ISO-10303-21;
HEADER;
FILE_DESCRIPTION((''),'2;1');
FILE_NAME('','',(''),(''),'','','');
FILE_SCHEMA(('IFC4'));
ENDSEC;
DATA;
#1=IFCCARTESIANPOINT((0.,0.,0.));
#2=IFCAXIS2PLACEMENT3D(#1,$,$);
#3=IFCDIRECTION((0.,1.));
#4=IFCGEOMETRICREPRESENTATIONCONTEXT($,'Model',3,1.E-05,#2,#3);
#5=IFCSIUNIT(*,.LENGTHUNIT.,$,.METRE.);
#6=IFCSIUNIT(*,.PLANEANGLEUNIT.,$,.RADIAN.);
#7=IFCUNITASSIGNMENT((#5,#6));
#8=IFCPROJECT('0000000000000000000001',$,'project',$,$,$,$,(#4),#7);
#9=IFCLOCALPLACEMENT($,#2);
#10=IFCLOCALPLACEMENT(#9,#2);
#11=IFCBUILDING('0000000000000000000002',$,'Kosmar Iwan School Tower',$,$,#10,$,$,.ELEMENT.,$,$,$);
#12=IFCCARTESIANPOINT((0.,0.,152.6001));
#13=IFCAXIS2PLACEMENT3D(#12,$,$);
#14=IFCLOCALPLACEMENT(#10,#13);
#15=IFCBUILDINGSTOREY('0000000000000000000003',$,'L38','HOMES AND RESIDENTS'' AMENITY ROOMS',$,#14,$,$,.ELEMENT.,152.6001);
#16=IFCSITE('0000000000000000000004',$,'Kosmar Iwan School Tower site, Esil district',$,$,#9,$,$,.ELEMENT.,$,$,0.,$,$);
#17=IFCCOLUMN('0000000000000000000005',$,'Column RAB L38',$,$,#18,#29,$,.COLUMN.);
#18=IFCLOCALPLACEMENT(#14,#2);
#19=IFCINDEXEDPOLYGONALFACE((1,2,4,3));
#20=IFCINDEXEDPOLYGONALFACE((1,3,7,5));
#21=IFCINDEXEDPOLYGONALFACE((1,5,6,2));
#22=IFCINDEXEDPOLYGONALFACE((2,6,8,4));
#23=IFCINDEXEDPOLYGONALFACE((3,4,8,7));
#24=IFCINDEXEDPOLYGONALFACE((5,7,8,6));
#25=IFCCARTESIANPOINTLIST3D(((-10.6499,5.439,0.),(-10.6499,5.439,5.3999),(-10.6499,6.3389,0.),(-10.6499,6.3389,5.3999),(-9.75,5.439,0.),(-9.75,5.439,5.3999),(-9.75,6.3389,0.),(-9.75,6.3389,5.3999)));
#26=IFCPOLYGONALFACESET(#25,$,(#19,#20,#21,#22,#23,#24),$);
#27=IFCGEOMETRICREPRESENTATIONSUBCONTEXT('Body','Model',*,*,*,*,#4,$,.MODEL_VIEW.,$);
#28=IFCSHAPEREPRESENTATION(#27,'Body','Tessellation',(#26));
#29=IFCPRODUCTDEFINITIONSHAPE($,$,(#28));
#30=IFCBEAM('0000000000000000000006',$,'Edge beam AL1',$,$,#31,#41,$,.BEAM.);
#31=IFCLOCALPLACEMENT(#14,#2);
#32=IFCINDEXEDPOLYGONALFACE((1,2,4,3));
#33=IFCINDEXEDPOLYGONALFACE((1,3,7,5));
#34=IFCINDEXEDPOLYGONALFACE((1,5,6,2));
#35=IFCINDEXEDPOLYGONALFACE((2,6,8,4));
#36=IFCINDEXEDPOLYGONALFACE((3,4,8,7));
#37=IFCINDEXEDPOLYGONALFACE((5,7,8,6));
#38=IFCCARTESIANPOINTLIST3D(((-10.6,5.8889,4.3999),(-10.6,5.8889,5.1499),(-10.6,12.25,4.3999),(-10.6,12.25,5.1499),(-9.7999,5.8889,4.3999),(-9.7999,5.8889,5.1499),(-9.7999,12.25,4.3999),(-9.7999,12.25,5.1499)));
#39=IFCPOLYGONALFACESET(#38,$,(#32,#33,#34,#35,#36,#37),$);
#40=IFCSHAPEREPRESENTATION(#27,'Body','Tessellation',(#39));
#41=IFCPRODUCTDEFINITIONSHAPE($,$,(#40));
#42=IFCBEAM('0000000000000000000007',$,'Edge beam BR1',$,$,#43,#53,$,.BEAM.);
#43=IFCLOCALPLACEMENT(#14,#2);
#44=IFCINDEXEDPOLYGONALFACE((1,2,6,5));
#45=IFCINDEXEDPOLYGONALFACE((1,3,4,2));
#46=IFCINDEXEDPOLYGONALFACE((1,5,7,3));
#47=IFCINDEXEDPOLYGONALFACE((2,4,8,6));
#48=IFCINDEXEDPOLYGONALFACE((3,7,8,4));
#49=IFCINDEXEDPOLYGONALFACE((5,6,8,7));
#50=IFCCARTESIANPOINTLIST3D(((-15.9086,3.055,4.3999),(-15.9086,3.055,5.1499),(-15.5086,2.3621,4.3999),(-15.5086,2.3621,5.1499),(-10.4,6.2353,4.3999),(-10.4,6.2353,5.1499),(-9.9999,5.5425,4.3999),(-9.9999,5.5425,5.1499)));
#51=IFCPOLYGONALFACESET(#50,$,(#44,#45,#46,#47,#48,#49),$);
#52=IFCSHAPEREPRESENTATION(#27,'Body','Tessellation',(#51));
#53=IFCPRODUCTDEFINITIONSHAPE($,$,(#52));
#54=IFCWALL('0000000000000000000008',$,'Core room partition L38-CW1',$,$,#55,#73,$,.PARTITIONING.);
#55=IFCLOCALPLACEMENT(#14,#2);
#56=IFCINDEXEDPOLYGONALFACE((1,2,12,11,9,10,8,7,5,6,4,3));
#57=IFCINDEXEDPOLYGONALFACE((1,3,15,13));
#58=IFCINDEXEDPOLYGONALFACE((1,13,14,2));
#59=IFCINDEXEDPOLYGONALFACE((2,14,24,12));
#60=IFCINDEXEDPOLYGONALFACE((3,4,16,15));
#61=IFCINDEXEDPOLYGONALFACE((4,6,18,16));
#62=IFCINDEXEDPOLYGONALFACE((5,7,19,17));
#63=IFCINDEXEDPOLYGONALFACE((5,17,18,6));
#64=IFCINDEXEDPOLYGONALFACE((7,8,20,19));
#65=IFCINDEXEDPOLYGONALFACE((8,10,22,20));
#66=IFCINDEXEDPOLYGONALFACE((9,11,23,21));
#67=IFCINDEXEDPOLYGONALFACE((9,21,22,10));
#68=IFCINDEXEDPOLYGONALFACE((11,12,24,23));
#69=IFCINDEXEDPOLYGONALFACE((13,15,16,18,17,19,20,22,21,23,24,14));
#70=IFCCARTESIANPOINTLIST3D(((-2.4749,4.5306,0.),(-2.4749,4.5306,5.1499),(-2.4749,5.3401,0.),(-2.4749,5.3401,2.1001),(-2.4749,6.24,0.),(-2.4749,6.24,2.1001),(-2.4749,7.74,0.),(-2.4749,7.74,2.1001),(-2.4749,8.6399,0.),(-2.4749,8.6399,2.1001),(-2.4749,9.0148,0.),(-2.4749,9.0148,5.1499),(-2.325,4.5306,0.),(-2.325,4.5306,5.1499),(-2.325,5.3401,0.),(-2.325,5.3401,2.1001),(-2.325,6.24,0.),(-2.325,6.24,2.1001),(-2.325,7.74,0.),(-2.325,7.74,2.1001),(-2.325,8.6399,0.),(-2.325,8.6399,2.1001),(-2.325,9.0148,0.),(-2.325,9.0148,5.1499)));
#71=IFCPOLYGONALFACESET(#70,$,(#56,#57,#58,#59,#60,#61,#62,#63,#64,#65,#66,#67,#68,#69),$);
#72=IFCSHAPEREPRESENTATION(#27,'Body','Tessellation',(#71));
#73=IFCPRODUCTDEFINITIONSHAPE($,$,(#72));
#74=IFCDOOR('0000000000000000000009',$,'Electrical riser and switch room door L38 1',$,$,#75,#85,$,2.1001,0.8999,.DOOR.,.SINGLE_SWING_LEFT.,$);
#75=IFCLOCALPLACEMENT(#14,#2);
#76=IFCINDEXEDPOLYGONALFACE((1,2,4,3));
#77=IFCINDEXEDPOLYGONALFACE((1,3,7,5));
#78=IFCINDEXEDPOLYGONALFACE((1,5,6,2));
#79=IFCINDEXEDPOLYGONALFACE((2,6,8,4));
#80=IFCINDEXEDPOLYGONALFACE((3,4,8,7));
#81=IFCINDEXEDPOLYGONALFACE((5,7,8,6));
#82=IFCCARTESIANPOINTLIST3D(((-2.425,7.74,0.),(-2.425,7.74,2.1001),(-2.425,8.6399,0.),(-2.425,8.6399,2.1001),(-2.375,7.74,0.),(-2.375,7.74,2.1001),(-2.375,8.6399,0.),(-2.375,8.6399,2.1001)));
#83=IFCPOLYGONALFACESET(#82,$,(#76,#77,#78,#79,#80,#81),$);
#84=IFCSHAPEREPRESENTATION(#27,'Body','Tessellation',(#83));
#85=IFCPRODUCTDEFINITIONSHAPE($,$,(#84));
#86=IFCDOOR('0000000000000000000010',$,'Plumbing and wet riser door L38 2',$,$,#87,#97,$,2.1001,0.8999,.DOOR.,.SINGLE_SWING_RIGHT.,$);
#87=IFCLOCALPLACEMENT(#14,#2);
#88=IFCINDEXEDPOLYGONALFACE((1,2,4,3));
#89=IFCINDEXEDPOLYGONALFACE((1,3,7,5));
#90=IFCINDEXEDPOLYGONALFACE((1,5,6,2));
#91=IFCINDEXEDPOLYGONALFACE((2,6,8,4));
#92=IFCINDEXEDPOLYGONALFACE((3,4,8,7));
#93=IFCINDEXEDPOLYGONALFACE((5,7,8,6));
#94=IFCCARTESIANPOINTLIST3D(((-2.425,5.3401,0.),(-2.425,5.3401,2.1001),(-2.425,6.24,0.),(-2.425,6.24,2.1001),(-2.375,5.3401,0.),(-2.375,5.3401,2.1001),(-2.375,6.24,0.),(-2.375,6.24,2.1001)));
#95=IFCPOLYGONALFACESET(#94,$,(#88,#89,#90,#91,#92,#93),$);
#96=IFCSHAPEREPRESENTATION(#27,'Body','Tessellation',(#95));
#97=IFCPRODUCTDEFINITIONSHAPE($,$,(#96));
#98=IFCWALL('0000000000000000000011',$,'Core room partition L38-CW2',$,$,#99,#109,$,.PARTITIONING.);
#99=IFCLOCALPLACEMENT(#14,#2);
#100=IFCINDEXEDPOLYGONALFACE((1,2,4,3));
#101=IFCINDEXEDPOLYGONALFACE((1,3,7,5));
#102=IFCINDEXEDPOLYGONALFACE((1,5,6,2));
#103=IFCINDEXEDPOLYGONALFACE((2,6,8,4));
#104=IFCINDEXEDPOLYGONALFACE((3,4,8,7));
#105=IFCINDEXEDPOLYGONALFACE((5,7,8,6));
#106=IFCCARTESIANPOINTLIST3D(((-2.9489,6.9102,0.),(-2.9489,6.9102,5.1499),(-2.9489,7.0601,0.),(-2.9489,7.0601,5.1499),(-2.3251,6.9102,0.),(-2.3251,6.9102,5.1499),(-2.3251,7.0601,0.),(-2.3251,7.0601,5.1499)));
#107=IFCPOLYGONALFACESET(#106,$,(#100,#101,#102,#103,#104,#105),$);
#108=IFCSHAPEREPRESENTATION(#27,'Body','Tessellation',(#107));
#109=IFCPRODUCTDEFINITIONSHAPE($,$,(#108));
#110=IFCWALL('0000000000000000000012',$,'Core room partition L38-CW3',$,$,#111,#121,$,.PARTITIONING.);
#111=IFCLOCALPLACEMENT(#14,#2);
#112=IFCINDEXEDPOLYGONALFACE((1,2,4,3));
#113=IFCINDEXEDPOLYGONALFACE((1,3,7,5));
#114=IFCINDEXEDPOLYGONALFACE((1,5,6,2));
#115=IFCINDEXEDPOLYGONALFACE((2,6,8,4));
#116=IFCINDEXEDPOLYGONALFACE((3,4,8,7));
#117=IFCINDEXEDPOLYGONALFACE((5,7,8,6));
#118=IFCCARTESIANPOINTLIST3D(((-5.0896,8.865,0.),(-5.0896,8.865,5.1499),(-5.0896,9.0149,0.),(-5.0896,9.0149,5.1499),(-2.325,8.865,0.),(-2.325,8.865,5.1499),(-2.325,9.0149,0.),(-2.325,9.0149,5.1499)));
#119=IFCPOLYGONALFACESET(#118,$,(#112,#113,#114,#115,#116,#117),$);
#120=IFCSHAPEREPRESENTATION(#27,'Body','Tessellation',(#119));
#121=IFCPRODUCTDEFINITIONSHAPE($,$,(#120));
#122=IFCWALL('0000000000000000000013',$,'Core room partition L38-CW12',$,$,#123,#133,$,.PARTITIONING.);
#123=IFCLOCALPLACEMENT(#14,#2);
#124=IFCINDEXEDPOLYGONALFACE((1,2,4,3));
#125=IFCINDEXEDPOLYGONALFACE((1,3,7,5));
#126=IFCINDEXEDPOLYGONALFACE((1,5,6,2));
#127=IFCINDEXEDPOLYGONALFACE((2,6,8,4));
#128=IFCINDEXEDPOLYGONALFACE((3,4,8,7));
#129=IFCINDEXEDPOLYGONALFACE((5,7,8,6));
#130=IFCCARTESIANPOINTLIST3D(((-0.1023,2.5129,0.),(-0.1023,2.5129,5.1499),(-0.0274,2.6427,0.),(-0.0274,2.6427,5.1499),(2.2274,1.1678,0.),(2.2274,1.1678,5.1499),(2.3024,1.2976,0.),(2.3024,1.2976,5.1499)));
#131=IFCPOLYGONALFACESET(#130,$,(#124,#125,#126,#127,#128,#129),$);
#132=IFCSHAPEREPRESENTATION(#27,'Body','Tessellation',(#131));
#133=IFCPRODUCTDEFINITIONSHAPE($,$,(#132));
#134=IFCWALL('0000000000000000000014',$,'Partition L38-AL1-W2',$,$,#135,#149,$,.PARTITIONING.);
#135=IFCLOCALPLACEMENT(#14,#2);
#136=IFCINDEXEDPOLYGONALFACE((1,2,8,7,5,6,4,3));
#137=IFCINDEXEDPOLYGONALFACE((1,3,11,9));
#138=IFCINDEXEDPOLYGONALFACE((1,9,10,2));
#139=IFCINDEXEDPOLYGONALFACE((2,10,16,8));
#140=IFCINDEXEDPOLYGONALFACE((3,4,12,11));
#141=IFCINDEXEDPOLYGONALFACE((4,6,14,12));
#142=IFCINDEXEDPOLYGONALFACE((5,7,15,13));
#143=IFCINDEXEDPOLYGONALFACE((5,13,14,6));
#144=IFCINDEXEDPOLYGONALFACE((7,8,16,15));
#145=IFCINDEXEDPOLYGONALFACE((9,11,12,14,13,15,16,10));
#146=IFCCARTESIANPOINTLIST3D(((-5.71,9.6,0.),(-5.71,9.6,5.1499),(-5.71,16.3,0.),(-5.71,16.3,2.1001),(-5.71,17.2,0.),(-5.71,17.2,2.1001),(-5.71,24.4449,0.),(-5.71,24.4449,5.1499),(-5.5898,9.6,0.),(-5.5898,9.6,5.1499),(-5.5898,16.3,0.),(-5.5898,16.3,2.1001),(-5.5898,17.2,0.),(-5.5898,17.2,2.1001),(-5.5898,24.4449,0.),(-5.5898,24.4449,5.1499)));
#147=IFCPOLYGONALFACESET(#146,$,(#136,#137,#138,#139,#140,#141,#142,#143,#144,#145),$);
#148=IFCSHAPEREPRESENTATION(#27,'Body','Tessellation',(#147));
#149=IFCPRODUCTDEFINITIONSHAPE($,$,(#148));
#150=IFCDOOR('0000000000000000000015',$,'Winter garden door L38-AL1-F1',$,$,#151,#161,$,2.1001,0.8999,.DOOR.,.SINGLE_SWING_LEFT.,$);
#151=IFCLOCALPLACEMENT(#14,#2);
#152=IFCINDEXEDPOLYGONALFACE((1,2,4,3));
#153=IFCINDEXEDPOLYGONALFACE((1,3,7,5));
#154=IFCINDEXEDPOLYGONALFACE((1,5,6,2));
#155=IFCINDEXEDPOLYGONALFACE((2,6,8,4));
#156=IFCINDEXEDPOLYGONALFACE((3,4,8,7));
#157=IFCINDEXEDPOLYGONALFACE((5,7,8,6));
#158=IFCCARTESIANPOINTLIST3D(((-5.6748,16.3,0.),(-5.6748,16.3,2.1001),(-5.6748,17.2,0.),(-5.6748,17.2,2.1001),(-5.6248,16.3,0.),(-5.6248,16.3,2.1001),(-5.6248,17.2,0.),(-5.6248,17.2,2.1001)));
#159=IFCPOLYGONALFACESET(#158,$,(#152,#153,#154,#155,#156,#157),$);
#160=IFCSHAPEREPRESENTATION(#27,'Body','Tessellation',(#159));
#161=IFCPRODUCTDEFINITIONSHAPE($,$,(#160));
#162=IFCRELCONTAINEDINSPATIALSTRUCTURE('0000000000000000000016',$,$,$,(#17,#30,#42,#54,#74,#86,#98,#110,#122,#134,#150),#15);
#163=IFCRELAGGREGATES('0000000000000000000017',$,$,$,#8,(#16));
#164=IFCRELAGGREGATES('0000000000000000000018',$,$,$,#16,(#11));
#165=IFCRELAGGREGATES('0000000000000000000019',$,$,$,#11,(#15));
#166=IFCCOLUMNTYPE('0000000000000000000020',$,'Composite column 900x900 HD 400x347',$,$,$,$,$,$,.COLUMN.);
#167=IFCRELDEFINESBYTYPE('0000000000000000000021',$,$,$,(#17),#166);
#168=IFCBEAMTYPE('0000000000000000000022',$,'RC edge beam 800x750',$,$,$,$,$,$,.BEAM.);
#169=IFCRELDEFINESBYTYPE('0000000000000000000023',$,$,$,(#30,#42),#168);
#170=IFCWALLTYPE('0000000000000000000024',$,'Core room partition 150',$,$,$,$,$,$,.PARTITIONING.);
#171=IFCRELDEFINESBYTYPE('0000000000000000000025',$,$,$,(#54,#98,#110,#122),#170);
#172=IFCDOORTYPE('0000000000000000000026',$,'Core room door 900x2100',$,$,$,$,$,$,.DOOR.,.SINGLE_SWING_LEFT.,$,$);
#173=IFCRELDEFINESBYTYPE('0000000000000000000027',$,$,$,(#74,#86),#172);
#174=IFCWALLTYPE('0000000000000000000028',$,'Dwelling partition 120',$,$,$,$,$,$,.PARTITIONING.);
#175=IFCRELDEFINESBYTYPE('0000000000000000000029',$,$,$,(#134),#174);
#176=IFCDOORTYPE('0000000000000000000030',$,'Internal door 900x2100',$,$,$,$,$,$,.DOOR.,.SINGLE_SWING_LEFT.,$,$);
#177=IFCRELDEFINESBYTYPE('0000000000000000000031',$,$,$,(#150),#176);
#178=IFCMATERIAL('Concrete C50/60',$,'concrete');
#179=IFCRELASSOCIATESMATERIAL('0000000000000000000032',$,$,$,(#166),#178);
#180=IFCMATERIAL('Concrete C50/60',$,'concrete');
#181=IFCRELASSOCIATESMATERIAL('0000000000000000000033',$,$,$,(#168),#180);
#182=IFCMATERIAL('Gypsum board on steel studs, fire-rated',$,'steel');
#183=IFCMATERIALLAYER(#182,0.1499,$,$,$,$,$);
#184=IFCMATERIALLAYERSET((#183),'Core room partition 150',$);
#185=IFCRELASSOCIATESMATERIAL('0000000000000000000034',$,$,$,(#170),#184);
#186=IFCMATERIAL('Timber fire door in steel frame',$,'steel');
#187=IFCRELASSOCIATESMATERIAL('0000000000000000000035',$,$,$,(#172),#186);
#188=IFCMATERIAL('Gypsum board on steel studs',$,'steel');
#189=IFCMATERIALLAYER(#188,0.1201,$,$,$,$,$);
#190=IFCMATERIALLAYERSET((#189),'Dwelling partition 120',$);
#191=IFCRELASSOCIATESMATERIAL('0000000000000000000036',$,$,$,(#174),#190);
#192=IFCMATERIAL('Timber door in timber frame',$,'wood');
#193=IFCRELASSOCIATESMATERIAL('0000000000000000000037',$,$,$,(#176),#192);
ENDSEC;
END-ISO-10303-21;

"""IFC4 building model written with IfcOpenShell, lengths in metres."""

from ifc_helpers import new_model, si_unit, direction, frame, frame_2d, origin, origin_2d, place, context, subcontext, project, spatial, rectangle, extrude, material, layer, layer_set, material_profile, profile_set, type_object, element, fill, save


model = new_model("IFC4")

# Units and contexts
model_context = context("Model", 3, precision=1e-05, world=origin(), true_north=direction((0.0, 1.0)))
body_context = subcontext(model_context, "Body", "Model", "MODEL_VIEW")
ifc_project = project(units=[si_unit("LENGTHUNIT", "METRE"), si_unit("PLANEANGLEUNIT", "RADIAN")], contexts=[model_context])

# Site, building, storey
site_placement = place(None, origin())
site = spatial("IfcSite", under=ifc_project, at=site_placement, Name="Kosmar Iwan School Tower site, Esil district", CompositionType="ELEMENT", RefElevation=0.0)
building_placement = place(site_placement, origin())
building = spatial("IfcBuilding", under=site, at=building_placement, Name="Kosmar Iwan School Tower", CompositionType="ELEMENT")
storey_placement = place(building_placement, frame((0.0, 0.0, 152.6001)))
storey = spatial("IfcBuildingStorey", under=building, at=storey_placement, Name="L38", Description="HOMES AND RESIDENTS' AMENITY ROOMS", CompositionType="ELEMENT", Elevation=152.6001)

# Column
ifc_material_1 = material(Name="Concrete C50/60", Category="concrete")
ifc_material_profile_1 = material_profile(ifc_material_1, rectangle(XDim=0.8999, YDim=0.8999, at=origin_2d()), Name="RC 900x900 + HD 400x347")
ifc_profile_set_1 = profile_set([ifc_material_profile_1], Name="Concrete C50/60")
column_type = type_object("IfcColumnType", Name="Composite column 900x900 HD 400x347", PredefinedType="COLUMN", material=ifc_profile_set_1)
column_placement = place(storey_placement, frame((-10.2, 5.8889, 0.0), z_axis=(0.0, 0.0, 1.0), x_axis=(1.0, 0.0, 0.0)))
element("IfcColumn", 1, at=column_placement, inside=storey, type_object=column_type, Name="Column RAB L38", PredefinedType="COLUMN", context=body_context, shape_type="SweptSolid", body=[
    extrude(rectangle(XDim=0.8999, YDim=0.8999, at=origin_2d()), origin(), (0.0, 0.0, 1.0), 5.3999),
])

# Beams
ifc_material_2 = material(Name="Concrete C50/60", Category="concrete")
ifc_material_profile_2 = material_profile(ifc_material_2, rectangle(XDim=0.8, YDim=0.75, at=origin_2d()), Name="RC 800x750")
ifc_profile_set_2 = profile_set([ifc_material_profile_2], Name="Concrete C50/60")
beam_type = type_object("IfcBeamType", Name="RC edge beam 800x750", PredefinedType="BEAM", material=ifc_profile_set_2)
beam_1_placement = place(storey_placement, frame((-10.2, 5.8889, 4.7749), z_axis=(0.0, 1.0, 0.0), x_axis=(-1.0, 0.0, 0.0)))
element("IfcBeam", 2, at=beam_1_placement, inside=storey, type_object=beam_type, Name="Edge beam AL1", PredefinedType="BEAM", context=body_context, shape_type="SweptSolid", body=[
    extrude(rectangle(XDim=0.8, YDim=0.75, at=origin_2d()), origin(), (0.0, 0.0, 1.0), 6.3611),
])
beam_2_placement = place(storey_placement, frame((-10.2, 5.8889, 4.7749), z_axis=(-0.866031, -0.49999, 0.0), x_axis=(0.49999, -0.866031, 0.0)))
element("IfcBeam", 3, at=beam_2_placement, inside=storey, type_object=beam_type, Name="Edge beam BR1", PredefinedType="BEAM", context=body_context, shape_type="SweptSolid", body=[
    extrude(rectangle(XDim=0.8, YDim=0.75, at=origin_2d()), origin(), (0.0, 0.0, 1.0), 6.3608),
])

# Wall, openings, doors
ifc_material_3 = material(Name="Gypsum board on steel studs, fire-rated", Category="steel")
ifc_layer_1 = layer(ifc_material_3, 0.1499)
ifc_layer_set_1 = layer_set([ifc_layer_1], Name="Core room partition 150")
wall_type_1 = type_object("IfcWallType", Name="Core room partition 150", PredefinedType="PARTITIONING", material=ifc_layer_set_1)
wall_1_placement = place(storey_placement, frame((-2.3999, 9.0149, 0.0), z_axis=(0.0, 0.0, 1.0), x_axis=(0.0, -1.0, 0.0)))
wall_1 = element("IfcWall", 4, at=wall_1_placement, inside=storey, type_object=wall_type_1, Name="Core room partition L38-CW1", PredefinedType="PARTITIONING", context=body_context, shape_type="SweptSolid", body=[
    extrude(rectangle(XDim=4.4841, YDim=0.1499, at=frame_2d((2.2422, 0.0))), origin(), (0.0, 0.0, 1.0), 5.1499),
])
opening_1_placement = place(wall_1_placement, frame((0.375, 0.0, 0.0)))
opening_1 = element("IfcOpeningElement", 5, at=opening_1_placement, cuts=wall_1, PredefinedType="OPENING", context=body_context, shape_type="SweptSolid", body=[
    extrude(rectangle(XDim=0.8999, YDim=2.1001, at=frame_2d((0.45, 1.05))), frame((0.0, 0.0869, 0.0), z_axis=(0.0, -1.0, 0.0), x_axis=(1.0, 0.0, 0.0)), (0.0, 0.0, 1.0), 0.1738),
])
opening_2_placement = place(wall_1_placement, frame((2.7749, 0.0, 0.0)))
opening_2 = element("IfcOpeningElement", 6, at=opening_2_placement, cuts=wall_1, PredefinedType="OPENING", context=body_context, shape_type="SweptSolid", body=[
    extrude(rectangle(XDim=0.8999, YDim=2.1001, at=frame_2d((0.45, 1.05))), frame((0.0, 0.0869, 0.0), z_axis=(0.0, -1.0, 0.0), x_axis=(1.0, 0.0, 0.0)), (0.0, 0.0, 1.0), 0.1738),
])
ifc_material_4 = material(Name="Timber fire door in steel frame", Category="steel")
door_type_1 = type_object("IfcDoorType", Name="Core room door 900x2100", OperationType="SINGLE_SWING_LEFT", PredefinedType="DOOR", material=ifc_material_4)
door_1_placement = place(opening_1_placement, origin())
door_1 = element("IfcDoor", 7, at=door_1_placement, inside=storey, type_object=door_type_1, Name="Electrical riser and switch room door L38 1", OperationType="SINGLE_SWING_LEFT", OverallHeight=2.1001, OverallWidth=0.8999, PredefinedType="DOOR", context=body_context, shape_type="SweptSolid", body=[
    extrude(rectangle(XDim=0.8999, YDim=2.1001, at=frame_2d((0.45, 1.05))), frame((0.0, 0.0249, 0.0), z_axis=(0.0, -1.0, 0.0), x_axis=(1.0, 0.0, 0.0)), (0.0, 0.0, 1.0), 0.05),
])
fill(opening_1, door_1)
door_2_placement = place(opening_2_placement, origin())
door_2 = element("IfcDoor", 8, at=door_2_placement, inside=storey, type_object=door_type_1, Name="Plumbing and wet riser door L38 2", OperationType="SINGLE_SWING_RIGHT", OverallHeight=2.1001, OverallWidth=0.8999, PredefinedType="DOOR", context=body_context, shape_type="SweptSolid", body=[
    extrude(rectangle(XDim=0.8999, YDim=2.1001, at=frame_2d((0.45, 1.05))), frame((0.0, 0.0249, 0.0), z_axis=(0.0, -1.0, 0.0), x_axis=(1.0, 0.0, 0.0)), (0.0, 0.0, 1.0), 0.05),
])
fill(opening_2, door_2)

# Walls
wall_2_placement = place(storey_placement, frame((-2.325, 6.9851, 0.0), z_axis=(0.0, 0.0, 1.0), x_axis=(-1.0, 0.0, 0.0)))
element("IfcWall", 9, at=wall_2_placement, inside=storey, type_object=wall_type_1, Name="Core room partition L38-CW2", PredefinedType="PARTITIONING", context=body_context, shape_type="SweptSolid", body=[
    extrude(rectangle(XDim=0.6238, YDim=0.1499, at=frame_2d((0.312, 0.0))), origin(), (0.0, 0.0, 1.0), 5.1499),
])
wall_3_placement = place(storey_placement, frame((-5.0896, 8.9399, 0.0), z_axis=(0.0, 0.0, 1.0), x_axis=(1.0, 0.0, 0.0)))
element("IfcWall", 10, at=wall_3_placement, inside=storey, type_object=wall_type_1, Name="Core room partition L38-CW3", PredefinedType="PARTITIONING", context=body_context, shape_type="SweptSolid", body=[
    extrude(rectangle(XDim=2.7646, YDim=0.1499, at=frame_2d((1.3823, 0.0))), origin(), (0.0, 0.0, 1.0), 5.1499),
])
wall_4_placement = place(storey_placement, frame((-0.0649, 2.5779, 0.0), z_axis=(0.0, 0.0, 1.0), x_axis=(0.866012, -0.500024, 0.0)))
element("IfcWall", 11, at=wall_4_placement, inside=storey, type_object=wall_type_1, Name="Core room partition L38-CW12", PredefinedType="PARTITIONING", context=body_context, shape_type="SweptSolid", body=[
    extrude(rectangle(XDim=2.6902, YDim=0.1499, at=frame_2d((1.3452, 0.0))), origin(), (0.0, 0.0, 1.0), 5.1499),
])

# Wall, opening, door
ifc_material_5 = material(Name="Gypsum board on steel studs", Category="steel")
ifc_layer_2 = layer(ifc_material_5, 0.1201)
ifc_layer_set_2 = layer_set([ifc_layer_2], Name="Dwelling partition 120")
wall_type_2 = type_object("IfcWallType", Name="Dwelling partition 120", PredefinedType="PARTITIONING", material=ifc_layer_set_2)
wall_5_placement = place(storey_placement, frame((-5.6499, 9.6001, 0.0), z_axis=(0.0, 0.0, 1.0), x_axis=(0.0, 1.0, 0.0)))
wall_5 = element("IfcWall", 12, at=wall_5_placement, inside=storey, type_object=wall_type_2, Name="Partition L38-AL1-W2", PredefinedType="PARTITIONING", context=body_context, shape_type="SweptSolid", body=[
    extrude(rectangle(XDim=14.845, YDim=0.1201, at=frame_2d((7.4224, 0.0))), origin(), (0.0, 0.0, 1.0), 5.1499),
])
opening_3_placement = place(wall_5_placement, frame((6.7, 0.0, 0.0)))
opening_3 = element("IfcOpeningElement", 13, at=opening_3_placement, cuts=wall_5, PredefinedType="OPENING", context=body_context, shape_type="SweptSolid", body=[
    extrude(rectangle(XDim=0.8999, YDim=2.1001, at=frame_2d((0.45, 1.05))), frame((0.0, 0.072, 0.0), z_axis=(0.0, -1.0, 0.0), x_axis=(1.0, 0.0, 0.0)), (0.0, 0.0, 1.0), 0.144),
])
ifc_material_6 = material(Name="Timber door in timber frame", Category="wood")
door_type_2 = type_object("IfcDoorType", Name="Internal door 900x2100", OperationType="SINGLE_SWING_LEFT", PredefinedType="DOOR", material=ifc_material_6)
door_3_placement = place(opening_3_placement, origin())
door_3 = element("IfcDoor", 14, at=door_3_placement, inside=storey, type_object=door_type_2, Name="Winter garden door L38-AL1-F1", OperationType="SINGLE_SWING_LEFT", OverallHeight=2.1001, OverallWidth=0.8999, PredefinedType="DOOR", context=body_context, shape_type="SweptSolid", body=[
    extrude(rectangle(XDim=0.8999, YDim=2.1001, at=frame_2d((0.45, 1.05))), frame((0.0, 0.0249, 0.0), z_axis=(0.0, -1.0, 0.0), x_axis=(1.0, 0.0, 0.0)), (0.0, 0.0, 1.0), 0.05),
])
fill(opening_3, door_3)

save(model, "model.ifc")
